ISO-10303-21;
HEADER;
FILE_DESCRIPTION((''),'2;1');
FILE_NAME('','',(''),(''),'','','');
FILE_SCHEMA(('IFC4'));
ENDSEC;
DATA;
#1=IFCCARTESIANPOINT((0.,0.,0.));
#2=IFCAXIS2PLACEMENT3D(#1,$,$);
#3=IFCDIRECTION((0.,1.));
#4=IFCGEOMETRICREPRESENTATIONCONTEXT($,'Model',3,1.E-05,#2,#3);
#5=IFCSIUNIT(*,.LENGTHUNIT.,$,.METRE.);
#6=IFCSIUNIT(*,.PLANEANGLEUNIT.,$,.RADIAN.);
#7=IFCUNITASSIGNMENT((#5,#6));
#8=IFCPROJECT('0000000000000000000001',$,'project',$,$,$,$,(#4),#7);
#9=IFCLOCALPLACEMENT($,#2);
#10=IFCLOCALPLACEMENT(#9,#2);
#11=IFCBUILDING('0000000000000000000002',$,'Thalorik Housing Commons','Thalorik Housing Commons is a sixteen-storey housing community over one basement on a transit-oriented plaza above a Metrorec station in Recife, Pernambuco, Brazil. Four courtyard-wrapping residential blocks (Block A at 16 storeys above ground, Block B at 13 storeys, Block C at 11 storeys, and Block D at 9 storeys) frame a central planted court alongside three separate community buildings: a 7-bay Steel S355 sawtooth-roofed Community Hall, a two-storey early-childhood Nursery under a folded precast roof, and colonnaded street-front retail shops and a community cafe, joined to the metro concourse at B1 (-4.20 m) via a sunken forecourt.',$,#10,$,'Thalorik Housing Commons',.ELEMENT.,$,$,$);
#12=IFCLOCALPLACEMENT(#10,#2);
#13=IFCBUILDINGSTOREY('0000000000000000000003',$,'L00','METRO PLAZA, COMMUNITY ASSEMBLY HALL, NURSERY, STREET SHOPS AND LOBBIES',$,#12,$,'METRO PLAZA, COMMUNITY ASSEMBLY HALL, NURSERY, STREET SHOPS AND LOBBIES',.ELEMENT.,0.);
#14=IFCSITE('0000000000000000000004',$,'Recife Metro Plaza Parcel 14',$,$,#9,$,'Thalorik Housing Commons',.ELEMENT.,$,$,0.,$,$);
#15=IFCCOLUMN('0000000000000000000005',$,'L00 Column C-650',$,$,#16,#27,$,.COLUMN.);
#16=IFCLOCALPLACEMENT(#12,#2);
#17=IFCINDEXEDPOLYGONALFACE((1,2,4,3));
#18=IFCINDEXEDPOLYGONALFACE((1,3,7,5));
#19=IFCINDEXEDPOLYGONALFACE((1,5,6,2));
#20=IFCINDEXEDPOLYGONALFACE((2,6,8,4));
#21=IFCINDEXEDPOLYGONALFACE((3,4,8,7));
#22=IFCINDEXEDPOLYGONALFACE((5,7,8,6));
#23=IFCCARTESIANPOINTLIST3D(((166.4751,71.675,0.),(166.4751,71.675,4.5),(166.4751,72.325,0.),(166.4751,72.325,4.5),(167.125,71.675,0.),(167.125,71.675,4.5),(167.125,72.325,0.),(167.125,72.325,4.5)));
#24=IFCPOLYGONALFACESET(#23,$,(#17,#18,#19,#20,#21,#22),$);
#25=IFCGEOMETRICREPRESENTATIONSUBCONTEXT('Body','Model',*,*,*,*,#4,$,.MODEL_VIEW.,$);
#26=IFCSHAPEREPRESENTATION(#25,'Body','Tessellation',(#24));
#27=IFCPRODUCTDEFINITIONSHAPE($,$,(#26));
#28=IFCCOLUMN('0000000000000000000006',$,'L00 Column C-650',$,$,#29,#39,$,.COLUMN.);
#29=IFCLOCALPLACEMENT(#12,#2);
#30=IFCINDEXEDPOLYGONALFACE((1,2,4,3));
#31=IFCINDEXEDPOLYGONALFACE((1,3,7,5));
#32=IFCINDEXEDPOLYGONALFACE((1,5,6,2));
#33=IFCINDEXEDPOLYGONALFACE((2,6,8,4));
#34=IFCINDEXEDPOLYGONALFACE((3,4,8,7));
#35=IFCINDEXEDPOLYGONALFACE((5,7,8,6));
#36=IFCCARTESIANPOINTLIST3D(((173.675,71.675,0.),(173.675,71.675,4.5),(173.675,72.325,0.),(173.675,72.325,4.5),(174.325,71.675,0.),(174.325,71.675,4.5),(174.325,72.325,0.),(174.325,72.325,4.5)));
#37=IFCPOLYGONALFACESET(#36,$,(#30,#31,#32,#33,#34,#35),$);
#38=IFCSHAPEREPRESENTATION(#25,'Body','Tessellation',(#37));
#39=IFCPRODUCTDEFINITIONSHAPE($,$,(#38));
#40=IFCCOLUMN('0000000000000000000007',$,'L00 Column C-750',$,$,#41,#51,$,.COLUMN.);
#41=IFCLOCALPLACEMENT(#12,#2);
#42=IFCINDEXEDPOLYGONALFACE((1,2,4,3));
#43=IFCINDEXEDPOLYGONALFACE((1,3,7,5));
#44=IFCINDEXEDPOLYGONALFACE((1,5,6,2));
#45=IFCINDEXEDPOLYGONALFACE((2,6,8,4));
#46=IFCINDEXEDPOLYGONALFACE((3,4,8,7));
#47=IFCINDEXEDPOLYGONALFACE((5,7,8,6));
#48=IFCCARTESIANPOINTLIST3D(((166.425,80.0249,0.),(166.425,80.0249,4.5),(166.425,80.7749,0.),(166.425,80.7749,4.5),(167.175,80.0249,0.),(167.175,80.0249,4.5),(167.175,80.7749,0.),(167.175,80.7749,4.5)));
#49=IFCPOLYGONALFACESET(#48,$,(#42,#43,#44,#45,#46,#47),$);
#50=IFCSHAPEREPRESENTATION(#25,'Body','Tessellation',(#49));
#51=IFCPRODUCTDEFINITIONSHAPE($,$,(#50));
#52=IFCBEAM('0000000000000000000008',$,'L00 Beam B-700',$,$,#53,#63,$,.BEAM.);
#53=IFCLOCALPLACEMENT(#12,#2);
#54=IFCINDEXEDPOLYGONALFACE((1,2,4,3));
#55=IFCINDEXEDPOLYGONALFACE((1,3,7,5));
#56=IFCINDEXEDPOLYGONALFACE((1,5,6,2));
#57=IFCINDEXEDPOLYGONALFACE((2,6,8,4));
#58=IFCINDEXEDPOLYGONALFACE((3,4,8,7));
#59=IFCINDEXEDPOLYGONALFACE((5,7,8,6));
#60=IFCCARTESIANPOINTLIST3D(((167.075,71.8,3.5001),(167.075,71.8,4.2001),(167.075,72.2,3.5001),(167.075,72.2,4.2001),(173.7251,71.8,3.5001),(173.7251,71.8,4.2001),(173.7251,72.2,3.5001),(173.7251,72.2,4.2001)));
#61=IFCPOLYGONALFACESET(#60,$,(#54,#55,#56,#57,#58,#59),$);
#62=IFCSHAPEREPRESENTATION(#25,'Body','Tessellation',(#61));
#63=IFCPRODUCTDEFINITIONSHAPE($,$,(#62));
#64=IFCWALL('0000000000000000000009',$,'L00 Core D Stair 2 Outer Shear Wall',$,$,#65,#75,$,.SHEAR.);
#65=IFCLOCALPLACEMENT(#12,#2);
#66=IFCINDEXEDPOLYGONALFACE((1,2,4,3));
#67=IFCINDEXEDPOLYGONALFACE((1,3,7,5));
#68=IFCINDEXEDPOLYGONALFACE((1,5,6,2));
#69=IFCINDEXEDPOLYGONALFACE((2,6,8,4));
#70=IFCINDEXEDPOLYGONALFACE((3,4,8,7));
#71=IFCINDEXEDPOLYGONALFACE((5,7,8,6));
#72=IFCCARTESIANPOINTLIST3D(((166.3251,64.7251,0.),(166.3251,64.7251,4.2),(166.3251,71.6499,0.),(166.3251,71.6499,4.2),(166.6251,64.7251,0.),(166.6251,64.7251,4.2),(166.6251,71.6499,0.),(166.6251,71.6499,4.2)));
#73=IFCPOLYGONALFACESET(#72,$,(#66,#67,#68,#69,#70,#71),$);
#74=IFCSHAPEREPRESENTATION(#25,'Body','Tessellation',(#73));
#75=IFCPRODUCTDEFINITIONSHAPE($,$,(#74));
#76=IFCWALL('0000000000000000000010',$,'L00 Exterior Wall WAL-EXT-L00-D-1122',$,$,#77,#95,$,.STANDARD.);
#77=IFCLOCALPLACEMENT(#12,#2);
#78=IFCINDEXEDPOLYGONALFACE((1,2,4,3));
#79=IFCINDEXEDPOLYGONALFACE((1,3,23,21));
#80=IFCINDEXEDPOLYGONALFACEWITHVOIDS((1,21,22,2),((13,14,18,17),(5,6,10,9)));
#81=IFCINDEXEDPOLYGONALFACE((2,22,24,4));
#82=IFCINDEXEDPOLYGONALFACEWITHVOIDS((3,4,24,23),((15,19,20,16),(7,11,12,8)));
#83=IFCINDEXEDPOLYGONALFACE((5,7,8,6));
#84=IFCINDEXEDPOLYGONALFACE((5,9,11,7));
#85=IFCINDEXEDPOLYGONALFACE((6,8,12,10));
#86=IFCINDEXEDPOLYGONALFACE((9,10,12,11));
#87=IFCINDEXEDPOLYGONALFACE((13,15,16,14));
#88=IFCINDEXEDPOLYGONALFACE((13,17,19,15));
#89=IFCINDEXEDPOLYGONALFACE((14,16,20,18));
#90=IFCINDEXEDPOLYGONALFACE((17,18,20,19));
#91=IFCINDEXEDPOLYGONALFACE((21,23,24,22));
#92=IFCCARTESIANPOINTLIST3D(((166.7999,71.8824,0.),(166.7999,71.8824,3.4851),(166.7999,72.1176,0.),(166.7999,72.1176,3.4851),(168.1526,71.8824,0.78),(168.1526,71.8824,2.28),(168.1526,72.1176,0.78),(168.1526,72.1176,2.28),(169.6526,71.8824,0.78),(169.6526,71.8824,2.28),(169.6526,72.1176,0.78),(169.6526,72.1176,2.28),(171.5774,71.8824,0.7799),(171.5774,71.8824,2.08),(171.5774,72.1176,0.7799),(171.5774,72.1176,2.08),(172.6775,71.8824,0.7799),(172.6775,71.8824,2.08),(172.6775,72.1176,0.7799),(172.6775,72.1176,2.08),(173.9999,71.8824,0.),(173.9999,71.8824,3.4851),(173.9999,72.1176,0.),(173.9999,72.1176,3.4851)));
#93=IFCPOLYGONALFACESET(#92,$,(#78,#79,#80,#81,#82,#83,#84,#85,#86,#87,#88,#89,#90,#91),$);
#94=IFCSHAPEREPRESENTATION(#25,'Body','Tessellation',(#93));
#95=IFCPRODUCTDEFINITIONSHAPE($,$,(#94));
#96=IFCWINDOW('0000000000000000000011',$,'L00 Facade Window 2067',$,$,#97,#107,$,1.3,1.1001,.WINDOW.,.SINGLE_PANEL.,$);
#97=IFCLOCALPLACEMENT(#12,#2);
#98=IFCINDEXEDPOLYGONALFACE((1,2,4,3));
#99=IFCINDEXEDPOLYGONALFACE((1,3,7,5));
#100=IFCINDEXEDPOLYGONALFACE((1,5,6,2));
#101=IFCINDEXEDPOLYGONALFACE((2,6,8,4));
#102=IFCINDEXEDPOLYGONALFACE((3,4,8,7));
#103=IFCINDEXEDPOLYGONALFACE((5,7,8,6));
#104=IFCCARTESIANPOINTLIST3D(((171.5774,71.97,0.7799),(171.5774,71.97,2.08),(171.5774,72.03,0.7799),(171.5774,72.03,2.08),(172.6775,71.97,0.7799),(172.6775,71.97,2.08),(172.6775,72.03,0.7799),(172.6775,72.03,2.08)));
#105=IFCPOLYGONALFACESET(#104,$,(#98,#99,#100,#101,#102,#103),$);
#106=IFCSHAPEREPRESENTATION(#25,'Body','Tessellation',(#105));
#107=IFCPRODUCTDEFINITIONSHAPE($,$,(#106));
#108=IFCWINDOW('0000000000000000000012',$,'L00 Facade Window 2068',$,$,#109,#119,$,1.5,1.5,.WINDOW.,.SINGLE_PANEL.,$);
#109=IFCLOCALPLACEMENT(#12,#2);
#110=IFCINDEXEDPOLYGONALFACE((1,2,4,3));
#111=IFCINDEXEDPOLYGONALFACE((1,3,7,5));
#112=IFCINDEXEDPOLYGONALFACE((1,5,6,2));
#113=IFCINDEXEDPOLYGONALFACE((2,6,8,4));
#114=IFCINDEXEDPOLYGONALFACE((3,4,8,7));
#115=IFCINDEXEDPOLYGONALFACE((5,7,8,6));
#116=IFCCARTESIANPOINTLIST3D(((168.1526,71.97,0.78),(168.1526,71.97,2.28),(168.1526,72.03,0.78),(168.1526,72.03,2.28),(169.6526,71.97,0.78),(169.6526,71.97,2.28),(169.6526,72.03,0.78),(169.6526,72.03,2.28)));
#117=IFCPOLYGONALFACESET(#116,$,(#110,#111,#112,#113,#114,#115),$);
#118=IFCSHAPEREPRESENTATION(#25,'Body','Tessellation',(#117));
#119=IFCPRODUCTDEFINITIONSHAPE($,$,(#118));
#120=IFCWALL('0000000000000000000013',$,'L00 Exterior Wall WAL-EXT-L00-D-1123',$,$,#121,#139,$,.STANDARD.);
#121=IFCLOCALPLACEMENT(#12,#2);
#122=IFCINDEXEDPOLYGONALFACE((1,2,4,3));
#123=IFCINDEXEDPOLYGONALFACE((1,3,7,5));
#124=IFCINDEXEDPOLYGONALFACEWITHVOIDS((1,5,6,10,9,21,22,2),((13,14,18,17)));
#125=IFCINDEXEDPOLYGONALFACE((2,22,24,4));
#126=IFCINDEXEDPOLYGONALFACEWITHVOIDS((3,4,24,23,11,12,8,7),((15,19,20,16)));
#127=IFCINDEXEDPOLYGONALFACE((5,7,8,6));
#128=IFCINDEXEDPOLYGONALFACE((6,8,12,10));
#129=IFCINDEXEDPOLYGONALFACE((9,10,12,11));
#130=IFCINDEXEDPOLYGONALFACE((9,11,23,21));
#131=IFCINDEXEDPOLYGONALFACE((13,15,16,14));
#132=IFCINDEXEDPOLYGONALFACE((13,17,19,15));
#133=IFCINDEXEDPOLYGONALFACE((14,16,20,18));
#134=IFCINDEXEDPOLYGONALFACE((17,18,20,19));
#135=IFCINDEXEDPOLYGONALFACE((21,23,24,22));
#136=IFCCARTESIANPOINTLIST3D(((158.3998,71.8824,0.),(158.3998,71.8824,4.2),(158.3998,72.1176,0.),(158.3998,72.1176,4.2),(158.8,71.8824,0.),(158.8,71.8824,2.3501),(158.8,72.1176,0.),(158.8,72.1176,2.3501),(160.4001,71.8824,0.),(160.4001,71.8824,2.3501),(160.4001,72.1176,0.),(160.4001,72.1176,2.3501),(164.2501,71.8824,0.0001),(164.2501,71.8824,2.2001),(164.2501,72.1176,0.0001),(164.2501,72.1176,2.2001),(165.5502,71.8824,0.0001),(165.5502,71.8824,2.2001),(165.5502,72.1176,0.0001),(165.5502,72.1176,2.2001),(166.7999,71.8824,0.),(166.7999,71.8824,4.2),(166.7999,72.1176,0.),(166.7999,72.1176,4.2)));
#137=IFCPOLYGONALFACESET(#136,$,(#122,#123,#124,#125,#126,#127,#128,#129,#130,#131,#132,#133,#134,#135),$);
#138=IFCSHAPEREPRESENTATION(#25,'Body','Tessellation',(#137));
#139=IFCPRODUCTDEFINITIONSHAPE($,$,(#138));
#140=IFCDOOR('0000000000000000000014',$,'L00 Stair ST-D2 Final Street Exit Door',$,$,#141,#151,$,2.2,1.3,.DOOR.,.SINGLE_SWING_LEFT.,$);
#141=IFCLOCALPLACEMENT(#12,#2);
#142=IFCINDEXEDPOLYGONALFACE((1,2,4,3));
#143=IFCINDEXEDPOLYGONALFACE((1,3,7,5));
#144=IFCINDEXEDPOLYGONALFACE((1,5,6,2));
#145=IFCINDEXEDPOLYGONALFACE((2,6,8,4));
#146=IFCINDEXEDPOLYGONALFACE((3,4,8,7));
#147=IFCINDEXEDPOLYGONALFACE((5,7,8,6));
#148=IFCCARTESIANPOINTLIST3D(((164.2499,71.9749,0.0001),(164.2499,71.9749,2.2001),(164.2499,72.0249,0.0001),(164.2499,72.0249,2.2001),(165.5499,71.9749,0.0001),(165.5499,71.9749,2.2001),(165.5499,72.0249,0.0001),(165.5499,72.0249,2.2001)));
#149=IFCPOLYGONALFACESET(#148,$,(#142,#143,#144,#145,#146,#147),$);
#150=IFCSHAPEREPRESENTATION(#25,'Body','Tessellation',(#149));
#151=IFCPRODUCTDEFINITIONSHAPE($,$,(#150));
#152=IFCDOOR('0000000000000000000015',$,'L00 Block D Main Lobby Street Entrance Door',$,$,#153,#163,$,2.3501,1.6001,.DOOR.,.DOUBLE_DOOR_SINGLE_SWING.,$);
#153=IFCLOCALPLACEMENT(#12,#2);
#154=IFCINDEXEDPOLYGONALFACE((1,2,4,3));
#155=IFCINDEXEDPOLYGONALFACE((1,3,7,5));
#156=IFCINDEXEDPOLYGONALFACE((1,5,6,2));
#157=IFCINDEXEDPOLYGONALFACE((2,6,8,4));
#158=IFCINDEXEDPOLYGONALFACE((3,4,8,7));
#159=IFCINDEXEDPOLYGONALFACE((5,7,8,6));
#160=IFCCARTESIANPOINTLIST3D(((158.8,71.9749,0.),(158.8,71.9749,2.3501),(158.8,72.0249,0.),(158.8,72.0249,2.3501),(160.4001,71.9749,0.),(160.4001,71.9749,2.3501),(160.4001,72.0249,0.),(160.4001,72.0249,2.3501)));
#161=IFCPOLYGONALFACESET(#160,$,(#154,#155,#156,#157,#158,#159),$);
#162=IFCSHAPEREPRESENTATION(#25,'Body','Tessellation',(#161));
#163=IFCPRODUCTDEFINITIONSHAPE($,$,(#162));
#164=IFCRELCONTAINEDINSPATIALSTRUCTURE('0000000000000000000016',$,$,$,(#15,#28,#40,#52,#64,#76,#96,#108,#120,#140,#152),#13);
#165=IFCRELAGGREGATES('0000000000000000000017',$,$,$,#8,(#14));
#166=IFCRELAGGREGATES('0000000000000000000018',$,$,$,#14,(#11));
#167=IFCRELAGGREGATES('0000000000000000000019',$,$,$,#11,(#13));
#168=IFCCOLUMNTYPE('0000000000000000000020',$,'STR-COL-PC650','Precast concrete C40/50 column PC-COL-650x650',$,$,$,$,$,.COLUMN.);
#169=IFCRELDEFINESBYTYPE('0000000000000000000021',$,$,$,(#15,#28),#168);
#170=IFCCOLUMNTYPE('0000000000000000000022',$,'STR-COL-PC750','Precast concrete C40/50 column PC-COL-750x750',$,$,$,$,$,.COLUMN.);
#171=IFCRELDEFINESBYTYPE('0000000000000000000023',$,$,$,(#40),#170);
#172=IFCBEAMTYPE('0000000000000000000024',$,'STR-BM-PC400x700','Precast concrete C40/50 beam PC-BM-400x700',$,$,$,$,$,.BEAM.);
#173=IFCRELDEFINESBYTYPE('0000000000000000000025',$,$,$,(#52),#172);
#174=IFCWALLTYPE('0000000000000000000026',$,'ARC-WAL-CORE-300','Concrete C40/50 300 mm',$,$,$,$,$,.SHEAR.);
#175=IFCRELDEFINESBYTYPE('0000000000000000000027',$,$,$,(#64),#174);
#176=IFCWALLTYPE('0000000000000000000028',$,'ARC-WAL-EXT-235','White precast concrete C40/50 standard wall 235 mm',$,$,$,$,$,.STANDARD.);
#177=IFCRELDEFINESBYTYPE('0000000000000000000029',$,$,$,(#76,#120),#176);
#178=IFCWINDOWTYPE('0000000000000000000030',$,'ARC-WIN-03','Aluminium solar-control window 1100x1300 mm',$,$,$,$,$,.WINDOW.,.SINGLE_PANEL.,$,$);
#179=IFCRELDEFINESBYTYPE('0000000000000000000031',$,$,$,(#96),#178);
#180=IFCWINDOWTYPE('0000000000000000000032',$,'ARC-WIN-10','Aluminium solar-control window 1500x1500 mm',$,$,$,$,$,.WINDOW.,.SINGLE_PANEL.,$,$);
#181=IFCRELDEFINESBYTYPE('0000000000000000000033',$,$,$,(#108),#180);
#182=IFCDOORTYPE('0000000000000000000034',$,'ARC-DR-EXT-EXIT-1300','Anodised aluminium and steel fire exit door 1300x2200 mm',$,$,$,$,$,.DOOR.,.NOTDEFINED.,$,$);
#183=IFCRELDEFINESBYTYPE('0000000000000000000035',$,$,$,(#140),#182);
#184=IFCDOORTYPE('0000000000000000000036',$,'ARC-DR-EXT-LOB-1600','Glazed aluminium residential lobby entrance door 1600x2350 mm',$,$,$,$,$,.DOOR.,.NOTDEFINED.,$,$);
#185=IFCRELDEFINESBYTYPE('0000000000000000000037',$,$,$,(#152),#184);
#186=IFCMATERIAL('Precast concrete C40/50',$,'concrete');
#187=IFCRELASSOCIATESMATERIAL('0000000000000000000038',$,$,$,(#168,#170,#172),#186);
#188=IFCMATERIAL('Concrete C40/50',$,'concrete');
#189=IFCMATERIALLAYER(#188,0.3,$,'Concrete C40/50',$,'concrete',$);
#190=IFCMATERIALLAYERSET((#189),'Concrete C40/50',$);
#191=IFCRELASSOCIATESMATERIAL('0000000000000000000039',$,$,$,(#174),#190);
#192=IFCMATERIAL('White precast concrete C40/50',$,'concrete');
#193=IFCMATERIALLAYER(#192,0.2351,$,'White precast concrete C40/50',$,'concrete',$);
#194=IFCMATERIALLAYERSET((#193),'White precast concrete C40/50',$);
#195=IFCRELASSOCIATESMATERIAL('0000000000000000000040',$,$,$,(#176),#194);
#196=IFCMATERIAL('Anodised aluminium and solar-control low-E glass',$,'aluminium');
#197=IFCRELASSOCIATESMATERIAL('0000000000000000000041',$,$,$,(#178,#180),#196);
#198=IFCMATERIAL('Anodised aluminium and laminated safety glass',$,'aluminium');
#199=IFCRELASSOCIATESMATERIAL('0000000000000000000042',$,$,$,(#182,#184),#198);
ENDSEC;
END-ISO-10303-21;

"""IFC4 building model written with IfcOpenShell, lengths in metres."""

from ifc_helpers import new_model, si_unit, direction, frame, frame_2d, origin, origin_2d, place, context, subcontext, project, spatial, rectangle, extrude, material, layer, layer_set, material_profile, profile_set, type_object, element, fill, save


model = new_model("IFC4")

# Units and contexts
model_context = context("Model", 3, precision=1e-05, world=origin(), true_north=direction((0.0, 1.0)))
body_context = subcontext(model_context, "Body", "Model", "MODEL_VIEW")
ifc_project = project(units=[si_unit("LENGTHUNIT", "METRE"), si_unit("PLANEANGLEUNIT", "RADIAN")], contexts=[model_context])

# Site, building, storey
site_placement = place(None, origin())
site = spatial("IfcSite", under=ifc_project, at=site_placement, Name="Recife Metro Plaza Parcel 14", LongName="Thalorik Housing Commons", CompositionType="ELEMENT", RefElevation=0.0)
building_placement = place(site_placement, origin())
building = spatial("IfcBuilding", under=site, at=building_placement, Name="Thalorik Housing Commons", Description="Thalorik Housing Commons is a sixteen-storey housing community over one basement on a transit-oriented plaza above a Metrorec station in Recife, Pernambuco, Brazil. Four courtyard-wrapping residential blocks (Block A at 16 storeys above ground, Block B at 13 storeys, Block C at 11 storeys, and Block D at 9 storeys) frame a central planted court alongside three separate community buildings: a 7-bay Steel S355 sawtooth-roofed Community Hall, a two-storey early-childhood Nursery under a folded precast roof, and colonnaded street-front retail shops and a community cafe, joined to the metro concourse at B1 (-4.20 m) via a sunken forecourt.", LongName="Thalorik Housing Commons", CompositionType="ELEMENT")
storey_placement = place(building_placement, origin())
storey = spatial("IfcBuildingStorey", under=building, at=storey_placement, Name="L00", Description="METRO PLAZA, COMMUNITY ASSEMBLY HALL, NURSERY, STREET SHOPS AND LOBBIES", LongName="METRO PLAZA, COMMUNITY ASSEMBLY HALL, NURSERY, STREET SHOPS AND LOBBIES", CompositionType="ELEMENT", Elevation=0.0)

# Columns
ifc_material_1 = material(Name="Precast concrete C40/50", Category="concrete")
ifc_material_profile_1 = material_profile(ifc_material_1, rectangle(XDim=0.6499, YDim=0.6499, at=origin_2d()), Name="PC 650x650", Category="concrete")
ifc_profile_set_1 = profile_set([ifc_material_profile_1], Name="Precast concrete C40/50")
column_type_1 = type_object("IfcColumnType", Name="STR-COL-PC650", Description="Precast concrete C40/50 column PC-COL-650x650", PredefinedType="COLUMN", material=ifc_profile_set_1)
for number, where, z_axis, x_axis, name in (
    (1, (166.8, 72.0, 0.0), (0.0, 0.0, 1.0), (1.0, 0.0, 0.0), "L00 Column C-650"),
    (2, (174.0, 72.0, 0.0), (0.0, 0.0, 1.0), (1.0, 0.0, 0.0), "L00 Column C-650"),
):
    element("IfcColumn", number, at=place(storey_placement, frame(where, z_axis=z_axis, x_axis=x_axis)), inside=storey, type_object=column_type_1, Name=name, PredefinedType="COLUMN", context=body_context, shape_type="SweptSolid", body=[
        extrude(rectangle(XDim=0.6499, YDim=0.6499, at=origin_2d()), origin(), (0.0, 0.0, 1.0), 4.5),
    ])
ifc_material_profile_2 = material_profile(ifc_material_1, rectangle(XDim=0.75, YDim=0.75, at=origin_2d()), Name="PC 750x750", Category="concrete")
ifc_profile_set_2 = profile_set([ifc_material_profile_2], Name="Precast concrete C40/50")
column_type_2 = type_object("IfcColumnType", Name="STR-COL-PC750", Description="Precast concrete C40/50 column PC-COL-750x750", PredefinedType="COLUMN", material=ifc_profile_set_2)
column_placement = place(storey_placement, frame((166.8, 80.3999, 0.0), z_axis=(0.0, 0.0, 1.0), x_axis=(1.0, 0.0, 0.0)))
element("IfcColumn", 3, at=column_placement, inside=storey, type_object=column_type_2, Name="L00 Column C-750", PredefinedType="COLUMN", context=body_context, shape_type="SweptSolid", body=[
    extrude(rectangle(XDim=0.75, YDim=0.75, at=origin_2d()), origin(), (0.0, 0.0, 1.0), 4.5),
])

# Beam
ifc_material_profile_3 = material_profile(ifc_material_1, rectangle(XDim=0.3999, YDim=0.7, at=origin_2d()), Name="PC 400x700", Category="concrete")
ifc_profile_set_3 = profile_set([ifc_material_profile_3], Name="Precast concrete C40/50")
beam_type = type_object("IfcBeamType", Name="STR-BM-PC400x700", Description="Precast concrete C40/50 beam PC-BM-400x700", PredefinedType="BEAM", material=ifc_profile_set_3)
beam_placement = place(storey_placement, frame((167.075, 72.0, 3.8501), z_axis=(1.0, 0.0, 0.0), x_axis=(0.0, 1.0, 0.0)))
element("IfcBeam", 4, at=beam_placement, inside=storey, type_object=beam_type, Name="L00 Beam B-700", PredefinedType="BEAM", context=body_context, shape_type="SweptSolid", body=[
    extrude(rectangle(XDim=0.3999, YDim=0.7, at=origin_2d()), origin(), (0.0, 0.0, 1.0), 6.6501),
])

# Wall
ifc_material_2 = material(Name="Concrete C40/50", Category="concrete")
ifc_layer_1 = layer(ifc_material_2, 0.3, Name="Concrete C40/50", Category="concrete")
ifc_layer_set_1 = layer_set([ifc_layer_1], Name="Concrete C40/50")
wall_type_1 = type_object("IfcWallType", Name="ARC-WAL-CORE-300", Description="Concrete C40/50 300 mm", PredefinedType="SHEAR", material=ifc_layer_set_1)
wall_1_placement = place(storey_placement, frame((166.4751, 71.6499, 0.0), z_axis=(0.0, 0.0, 1.0), x_axis=(0.0, -1.0, 0.0)))
element("IfcWall", 5, at=wall_1_placement, inside=storey, type_object=wall_type_1, Name="L00 Core D Stair 2 Outer Shear Wall", PredefinedType="SHEAR", context=body_context, shape_type="SweptSolid", body=[
    extrude(rectangle(XDim=6.9248, YDim=0.3, at=frame_2d((3.4624, 0.0))), origin(), (0.0, 0.0, 1.0), 4.2),
])

# Wall, openings, windows
ifc_material_3 = material(Name="White precast concrete C40/50", Category="concrete")
ifc_layer_2 = layer(ifc_material_3, 0.2351, Name="White precast concrete C40/50", Category="concrete")
ifc_layer_set_2 = layer_set([ifc_layer_2], Name="White precast concrete C40/50")
wall_type_2 = type_object("IfcWallType", Name="ARC-WAL-EXT-235", Description="White precast concrete C40/50 standard wall 235 mm", PredefinedType="STANDARD", material=ifc_layer_set_2)
wall_2_placement = place(storey_placement, frame((174.0, 72.0, 0.0), z_axis=(0.0, 0.0, 1.0), x_axis=(-1.0, 0.0, 0.0)))
wall_2 = element("IfcWall", 6, at=wall_2_placement, inside=storey, type_object=wall_type_2, Name="L00 Exterior Wall WAL-EXT-L00-D-1122", PredefinedType="STANDARD", context=body_context, shape_type="SweptSolid", body=[
    extrude(rectangle(XDim=7.2, YDim=0.2351, at=frame_2d((3.6001, 0.0))), origin(), (0.0, 0.0, 1.0), 3.4851),
])
opening_1_placement = place(wall_2_placement, frame((1.3225, 0.0, 0.78)))
opening_1 = element("IfcOpeningElement", 7, at=opening_1_placement, cuts=wall_2, PredefinedType="OPENING", context=body_context, shape_type="SweptSolid", body=[
    extrude(rectangle(XDim=1.1001, YDim=1.3, at=frame_2d((0.55, 0.6499))), frame((0.0, 0.1274, 0.0), z_axis=(0.0, -1.0, 0.0), x_axis=(1.0, 0.0, 0.0)), (0.0, 0.0, 1.0), 0.2551),
])
opening_2_placement = place(wall_2_placement, frame((4.3474, 0.0, 0.78)))
opening_2 = element("IfcOpeningElement", 8, at=opening_2_placement, cuts=wall_2, PredefinedType="OPENING", context=body_context, shape_type="SweptSolid", body=[
    extrude(rectangle(XDim=1.5, YDim=1.5, at=frame_2d((0.75, 0.75))), frame((0.0, 0.1274, 0.0), z_axis=(0.0, -1.0, 0.0), x_axis=(1.0, 0.0, 0.0)), (0.0, 0.0, 1.0), 0.2551),
])
ifc_material_4 = material(Name="Anodised aluminium and solar-control low-E glass", Category="aluminium")
window_type_1 = type_object("IfcWindowType", Name="ARC-WIN-03", Description="Aluminium solar-control window 1100x1300 mm", PartitioningType="SINGLE_PANEL", PredefinedType="WINDOW", material=ifc_material_4)
window_1_placement = place(opening_1_placement, origin())
window_1 = element("IfcWindow", 9, at=window_1_placement, inside=storey, type_object=window_type_1, Name="L00 Facade Window 2067", OverallHeight=1.3, OverallWidth=1.1001, PartitioningType="SINGLE_PANEL", PredefinedType="WINDOW", context=body_context, shape_type="SweptSolid", body=[
    extrude(rectangle(XDim=1.1001, YDim=1.3, at=frame_2d((0.55, 0.6499))), frame((0.0, 0.03, 0.0), z_axis=(0.0, -1.0, 0.0), x_axis=(1.0, 0.0, 0.0)), (0.0, 0.0, 1.0), 0.0601),
])
fill(opening_1, window_1)
window_type_2 = type_object("IfcWindowType", Name="ARC-WIN-10", Description="Aluminium solar-control window 1500x1500 mm", PartitioningType="SINGLE_PANEL", PredefinedType="WINDOW", material=ifc_material_4)
window_2_placement = place(opening_2_placement, origin())
window_2 = element("IfcWindow", 10, at=window_2_placement, inside=storey, type_object=window_type_2, Name="L00 Facade Window 2068", OverallHeight=1.5, OverallWidth=1.5, PartitioningType="SINGLE_PANEL", PredefinedType="WINDOW", context=body_context, shape_type="SweptSolid", body=[
    extrude(rectangle(XDim=1.5, YDim=1.5, at=frame_2d((0.75, 0.75))), frame((0.0, 0.03, 0.0), z_axis=(0.0, -1.0, 0.0), x_axis=(1.0, 0.0, 0.0)), (0.0, 0.0, 1.0), 0.0601),
])
fill(opening_2, window_2)

# Wall, openings, doors
wall_3_placement = place(storey_placement, frame((166.8, 72.0, 0.0), z_axis=(0.0, 0.0, 1.0), x_axis=(-1.0, 0.0, 0.0)))
wall_3 = element("IfcWall", 11, at=wall_3_placement, inside=storey, type_object=wall_type_2, Name="L00 Exterior Wall WAL-EXT-L00-D-1123", PredefinedType="STANDARD", context=body_context, shape_type="SweptSolid", body=[
    extrude(rectangle(XDim=8.4001, YDim=0.2351, at=frame_2d((4.2002, 0.0))), origin(), (0.0, 0.0, 1.0), 4.2),
])
opening_3_placement = place(wall_3_placement, frame((6.3999, 0.0, 0.0)))
opening_3 = element("IfcOpeningElement", 12, at=opening_3_placement, cuts=wall_3, PredefinedType="OPENING", context=body_context, shape_type="SweptSolid", body=[
    extrude(rectangle(XDim=1.6001, YDim=2.3501, at=frame_2d((0.8, 1.175))), frame((0.0, 0.1274, 0.0), z_axis=(0.0, -1.0, 0.0), x_axis=(1.0, 0.0, 0.0)), (0.0, 0.0, 1.0), 0.2551),
])
opening_4_placement = place(wall_3_placement, frame((1.25, 0.0, 0.0)))
opening_4 = element("IfcOpeningElement", 13, at=opening_4_placement, cuts=wall_3, PredefinedType="OPENING", context=body_context, shape_type="SweptSolid", body=[
    extrude(rectangle(XDim=1.3, YDim=2.2, at=frame_2d((0.6499, 1.1001))), frame((0.0, 0.1274, 0.0), z_axis=(0.0, -1.0, 0.0), x_axis=(1.0, 0.0, 0.0)), (0.0, 0.0, 1.0), 0.2551),
])
ifc_material_5 = material(Name="Anodised aluminium and laminated safety glass", Category="aluminium")
door_type_1 = type_object("IfcDoorType", Name="ARC-DR-EXT-EXIT-1300", Description="Anodised aluminium and steel fire exit door 1300x2200 mm", OperationType="NOTDEFINED", PredefinedType="DOOR", material=ifc_material_5)
door_1_placement = place(opening_4_placement, frame((1.3, 0.0, 0.0), z_axis=(0.0, 0.0, 1.0), x_axis=(-1.0, 0.0, 0.0)))
door_1 = element("IfcDoor", 14, at=door_1_placement, inside=storey, type_object=door_type_1, Name="L00 Stair ST-D2 Final Street Exit Door", OperationType="SINGLE_SWING_LEFT", OverallHeight=2.2, OverallWidth=1.3, PredefinedType="DOOR", context=body_context, shape_type="SweptSolid", body=[
    extrude(rectangle(XDim=1.3, YDim=2.2, at=frame_2d((0.6499, 1.1001))), frame((0.0, 0.0249, 0.0), z_axis=(0.0, -1.0, 0.0), x_axis=(1.0, 0.0, 0.0)), (0.0, 0.0, 1.0), 0.05),
])
fill(opening_4, door_1)
door_type_2 = type_object("IfcDoorType", Name="ARC-DR-EXT-LOB-1600", Description="Glazed aluminium residential lobby entrance door 1600x2350 mm", OperationType="NOTDEFINED", PredefinedType="DOOR", material=ifc_material_5)
door_2_placement = place(opening_3_placement, frame((1.6001, 0.0, 0.0), z_axis=(0.0, 0.0, 1.0), x_axis=(-1.0, 0.0, 0.0)))
door_2 = element("IfcDoor", 15, at=door_2_placement, inside=storey, type_object=door_type_2, Name="L00 Block D Main Lobby Street Entrance Door", OperationType="DOUBLE_DOOR_SINGLE_SWING", OverallHeight=2.3501, OverallWidth=1.6001, PredefinedType="DOOR", context=body_context, shape_type="SweptSolid", body=[
    extrude(rectangle(XDim=1.6001, YDim=2.3501, at=frame_2d((0.8, 1.175))), frame((0.0, 0.0249, 0.0), z_axis=(0.0, -1.0, 0.0), x_axis=(1.0, 0.0, 0.0)), (0.0, 0.0, 1.0), 0.05),
])
fill(opening_3, door_2)

save(model, "model.ifc")
